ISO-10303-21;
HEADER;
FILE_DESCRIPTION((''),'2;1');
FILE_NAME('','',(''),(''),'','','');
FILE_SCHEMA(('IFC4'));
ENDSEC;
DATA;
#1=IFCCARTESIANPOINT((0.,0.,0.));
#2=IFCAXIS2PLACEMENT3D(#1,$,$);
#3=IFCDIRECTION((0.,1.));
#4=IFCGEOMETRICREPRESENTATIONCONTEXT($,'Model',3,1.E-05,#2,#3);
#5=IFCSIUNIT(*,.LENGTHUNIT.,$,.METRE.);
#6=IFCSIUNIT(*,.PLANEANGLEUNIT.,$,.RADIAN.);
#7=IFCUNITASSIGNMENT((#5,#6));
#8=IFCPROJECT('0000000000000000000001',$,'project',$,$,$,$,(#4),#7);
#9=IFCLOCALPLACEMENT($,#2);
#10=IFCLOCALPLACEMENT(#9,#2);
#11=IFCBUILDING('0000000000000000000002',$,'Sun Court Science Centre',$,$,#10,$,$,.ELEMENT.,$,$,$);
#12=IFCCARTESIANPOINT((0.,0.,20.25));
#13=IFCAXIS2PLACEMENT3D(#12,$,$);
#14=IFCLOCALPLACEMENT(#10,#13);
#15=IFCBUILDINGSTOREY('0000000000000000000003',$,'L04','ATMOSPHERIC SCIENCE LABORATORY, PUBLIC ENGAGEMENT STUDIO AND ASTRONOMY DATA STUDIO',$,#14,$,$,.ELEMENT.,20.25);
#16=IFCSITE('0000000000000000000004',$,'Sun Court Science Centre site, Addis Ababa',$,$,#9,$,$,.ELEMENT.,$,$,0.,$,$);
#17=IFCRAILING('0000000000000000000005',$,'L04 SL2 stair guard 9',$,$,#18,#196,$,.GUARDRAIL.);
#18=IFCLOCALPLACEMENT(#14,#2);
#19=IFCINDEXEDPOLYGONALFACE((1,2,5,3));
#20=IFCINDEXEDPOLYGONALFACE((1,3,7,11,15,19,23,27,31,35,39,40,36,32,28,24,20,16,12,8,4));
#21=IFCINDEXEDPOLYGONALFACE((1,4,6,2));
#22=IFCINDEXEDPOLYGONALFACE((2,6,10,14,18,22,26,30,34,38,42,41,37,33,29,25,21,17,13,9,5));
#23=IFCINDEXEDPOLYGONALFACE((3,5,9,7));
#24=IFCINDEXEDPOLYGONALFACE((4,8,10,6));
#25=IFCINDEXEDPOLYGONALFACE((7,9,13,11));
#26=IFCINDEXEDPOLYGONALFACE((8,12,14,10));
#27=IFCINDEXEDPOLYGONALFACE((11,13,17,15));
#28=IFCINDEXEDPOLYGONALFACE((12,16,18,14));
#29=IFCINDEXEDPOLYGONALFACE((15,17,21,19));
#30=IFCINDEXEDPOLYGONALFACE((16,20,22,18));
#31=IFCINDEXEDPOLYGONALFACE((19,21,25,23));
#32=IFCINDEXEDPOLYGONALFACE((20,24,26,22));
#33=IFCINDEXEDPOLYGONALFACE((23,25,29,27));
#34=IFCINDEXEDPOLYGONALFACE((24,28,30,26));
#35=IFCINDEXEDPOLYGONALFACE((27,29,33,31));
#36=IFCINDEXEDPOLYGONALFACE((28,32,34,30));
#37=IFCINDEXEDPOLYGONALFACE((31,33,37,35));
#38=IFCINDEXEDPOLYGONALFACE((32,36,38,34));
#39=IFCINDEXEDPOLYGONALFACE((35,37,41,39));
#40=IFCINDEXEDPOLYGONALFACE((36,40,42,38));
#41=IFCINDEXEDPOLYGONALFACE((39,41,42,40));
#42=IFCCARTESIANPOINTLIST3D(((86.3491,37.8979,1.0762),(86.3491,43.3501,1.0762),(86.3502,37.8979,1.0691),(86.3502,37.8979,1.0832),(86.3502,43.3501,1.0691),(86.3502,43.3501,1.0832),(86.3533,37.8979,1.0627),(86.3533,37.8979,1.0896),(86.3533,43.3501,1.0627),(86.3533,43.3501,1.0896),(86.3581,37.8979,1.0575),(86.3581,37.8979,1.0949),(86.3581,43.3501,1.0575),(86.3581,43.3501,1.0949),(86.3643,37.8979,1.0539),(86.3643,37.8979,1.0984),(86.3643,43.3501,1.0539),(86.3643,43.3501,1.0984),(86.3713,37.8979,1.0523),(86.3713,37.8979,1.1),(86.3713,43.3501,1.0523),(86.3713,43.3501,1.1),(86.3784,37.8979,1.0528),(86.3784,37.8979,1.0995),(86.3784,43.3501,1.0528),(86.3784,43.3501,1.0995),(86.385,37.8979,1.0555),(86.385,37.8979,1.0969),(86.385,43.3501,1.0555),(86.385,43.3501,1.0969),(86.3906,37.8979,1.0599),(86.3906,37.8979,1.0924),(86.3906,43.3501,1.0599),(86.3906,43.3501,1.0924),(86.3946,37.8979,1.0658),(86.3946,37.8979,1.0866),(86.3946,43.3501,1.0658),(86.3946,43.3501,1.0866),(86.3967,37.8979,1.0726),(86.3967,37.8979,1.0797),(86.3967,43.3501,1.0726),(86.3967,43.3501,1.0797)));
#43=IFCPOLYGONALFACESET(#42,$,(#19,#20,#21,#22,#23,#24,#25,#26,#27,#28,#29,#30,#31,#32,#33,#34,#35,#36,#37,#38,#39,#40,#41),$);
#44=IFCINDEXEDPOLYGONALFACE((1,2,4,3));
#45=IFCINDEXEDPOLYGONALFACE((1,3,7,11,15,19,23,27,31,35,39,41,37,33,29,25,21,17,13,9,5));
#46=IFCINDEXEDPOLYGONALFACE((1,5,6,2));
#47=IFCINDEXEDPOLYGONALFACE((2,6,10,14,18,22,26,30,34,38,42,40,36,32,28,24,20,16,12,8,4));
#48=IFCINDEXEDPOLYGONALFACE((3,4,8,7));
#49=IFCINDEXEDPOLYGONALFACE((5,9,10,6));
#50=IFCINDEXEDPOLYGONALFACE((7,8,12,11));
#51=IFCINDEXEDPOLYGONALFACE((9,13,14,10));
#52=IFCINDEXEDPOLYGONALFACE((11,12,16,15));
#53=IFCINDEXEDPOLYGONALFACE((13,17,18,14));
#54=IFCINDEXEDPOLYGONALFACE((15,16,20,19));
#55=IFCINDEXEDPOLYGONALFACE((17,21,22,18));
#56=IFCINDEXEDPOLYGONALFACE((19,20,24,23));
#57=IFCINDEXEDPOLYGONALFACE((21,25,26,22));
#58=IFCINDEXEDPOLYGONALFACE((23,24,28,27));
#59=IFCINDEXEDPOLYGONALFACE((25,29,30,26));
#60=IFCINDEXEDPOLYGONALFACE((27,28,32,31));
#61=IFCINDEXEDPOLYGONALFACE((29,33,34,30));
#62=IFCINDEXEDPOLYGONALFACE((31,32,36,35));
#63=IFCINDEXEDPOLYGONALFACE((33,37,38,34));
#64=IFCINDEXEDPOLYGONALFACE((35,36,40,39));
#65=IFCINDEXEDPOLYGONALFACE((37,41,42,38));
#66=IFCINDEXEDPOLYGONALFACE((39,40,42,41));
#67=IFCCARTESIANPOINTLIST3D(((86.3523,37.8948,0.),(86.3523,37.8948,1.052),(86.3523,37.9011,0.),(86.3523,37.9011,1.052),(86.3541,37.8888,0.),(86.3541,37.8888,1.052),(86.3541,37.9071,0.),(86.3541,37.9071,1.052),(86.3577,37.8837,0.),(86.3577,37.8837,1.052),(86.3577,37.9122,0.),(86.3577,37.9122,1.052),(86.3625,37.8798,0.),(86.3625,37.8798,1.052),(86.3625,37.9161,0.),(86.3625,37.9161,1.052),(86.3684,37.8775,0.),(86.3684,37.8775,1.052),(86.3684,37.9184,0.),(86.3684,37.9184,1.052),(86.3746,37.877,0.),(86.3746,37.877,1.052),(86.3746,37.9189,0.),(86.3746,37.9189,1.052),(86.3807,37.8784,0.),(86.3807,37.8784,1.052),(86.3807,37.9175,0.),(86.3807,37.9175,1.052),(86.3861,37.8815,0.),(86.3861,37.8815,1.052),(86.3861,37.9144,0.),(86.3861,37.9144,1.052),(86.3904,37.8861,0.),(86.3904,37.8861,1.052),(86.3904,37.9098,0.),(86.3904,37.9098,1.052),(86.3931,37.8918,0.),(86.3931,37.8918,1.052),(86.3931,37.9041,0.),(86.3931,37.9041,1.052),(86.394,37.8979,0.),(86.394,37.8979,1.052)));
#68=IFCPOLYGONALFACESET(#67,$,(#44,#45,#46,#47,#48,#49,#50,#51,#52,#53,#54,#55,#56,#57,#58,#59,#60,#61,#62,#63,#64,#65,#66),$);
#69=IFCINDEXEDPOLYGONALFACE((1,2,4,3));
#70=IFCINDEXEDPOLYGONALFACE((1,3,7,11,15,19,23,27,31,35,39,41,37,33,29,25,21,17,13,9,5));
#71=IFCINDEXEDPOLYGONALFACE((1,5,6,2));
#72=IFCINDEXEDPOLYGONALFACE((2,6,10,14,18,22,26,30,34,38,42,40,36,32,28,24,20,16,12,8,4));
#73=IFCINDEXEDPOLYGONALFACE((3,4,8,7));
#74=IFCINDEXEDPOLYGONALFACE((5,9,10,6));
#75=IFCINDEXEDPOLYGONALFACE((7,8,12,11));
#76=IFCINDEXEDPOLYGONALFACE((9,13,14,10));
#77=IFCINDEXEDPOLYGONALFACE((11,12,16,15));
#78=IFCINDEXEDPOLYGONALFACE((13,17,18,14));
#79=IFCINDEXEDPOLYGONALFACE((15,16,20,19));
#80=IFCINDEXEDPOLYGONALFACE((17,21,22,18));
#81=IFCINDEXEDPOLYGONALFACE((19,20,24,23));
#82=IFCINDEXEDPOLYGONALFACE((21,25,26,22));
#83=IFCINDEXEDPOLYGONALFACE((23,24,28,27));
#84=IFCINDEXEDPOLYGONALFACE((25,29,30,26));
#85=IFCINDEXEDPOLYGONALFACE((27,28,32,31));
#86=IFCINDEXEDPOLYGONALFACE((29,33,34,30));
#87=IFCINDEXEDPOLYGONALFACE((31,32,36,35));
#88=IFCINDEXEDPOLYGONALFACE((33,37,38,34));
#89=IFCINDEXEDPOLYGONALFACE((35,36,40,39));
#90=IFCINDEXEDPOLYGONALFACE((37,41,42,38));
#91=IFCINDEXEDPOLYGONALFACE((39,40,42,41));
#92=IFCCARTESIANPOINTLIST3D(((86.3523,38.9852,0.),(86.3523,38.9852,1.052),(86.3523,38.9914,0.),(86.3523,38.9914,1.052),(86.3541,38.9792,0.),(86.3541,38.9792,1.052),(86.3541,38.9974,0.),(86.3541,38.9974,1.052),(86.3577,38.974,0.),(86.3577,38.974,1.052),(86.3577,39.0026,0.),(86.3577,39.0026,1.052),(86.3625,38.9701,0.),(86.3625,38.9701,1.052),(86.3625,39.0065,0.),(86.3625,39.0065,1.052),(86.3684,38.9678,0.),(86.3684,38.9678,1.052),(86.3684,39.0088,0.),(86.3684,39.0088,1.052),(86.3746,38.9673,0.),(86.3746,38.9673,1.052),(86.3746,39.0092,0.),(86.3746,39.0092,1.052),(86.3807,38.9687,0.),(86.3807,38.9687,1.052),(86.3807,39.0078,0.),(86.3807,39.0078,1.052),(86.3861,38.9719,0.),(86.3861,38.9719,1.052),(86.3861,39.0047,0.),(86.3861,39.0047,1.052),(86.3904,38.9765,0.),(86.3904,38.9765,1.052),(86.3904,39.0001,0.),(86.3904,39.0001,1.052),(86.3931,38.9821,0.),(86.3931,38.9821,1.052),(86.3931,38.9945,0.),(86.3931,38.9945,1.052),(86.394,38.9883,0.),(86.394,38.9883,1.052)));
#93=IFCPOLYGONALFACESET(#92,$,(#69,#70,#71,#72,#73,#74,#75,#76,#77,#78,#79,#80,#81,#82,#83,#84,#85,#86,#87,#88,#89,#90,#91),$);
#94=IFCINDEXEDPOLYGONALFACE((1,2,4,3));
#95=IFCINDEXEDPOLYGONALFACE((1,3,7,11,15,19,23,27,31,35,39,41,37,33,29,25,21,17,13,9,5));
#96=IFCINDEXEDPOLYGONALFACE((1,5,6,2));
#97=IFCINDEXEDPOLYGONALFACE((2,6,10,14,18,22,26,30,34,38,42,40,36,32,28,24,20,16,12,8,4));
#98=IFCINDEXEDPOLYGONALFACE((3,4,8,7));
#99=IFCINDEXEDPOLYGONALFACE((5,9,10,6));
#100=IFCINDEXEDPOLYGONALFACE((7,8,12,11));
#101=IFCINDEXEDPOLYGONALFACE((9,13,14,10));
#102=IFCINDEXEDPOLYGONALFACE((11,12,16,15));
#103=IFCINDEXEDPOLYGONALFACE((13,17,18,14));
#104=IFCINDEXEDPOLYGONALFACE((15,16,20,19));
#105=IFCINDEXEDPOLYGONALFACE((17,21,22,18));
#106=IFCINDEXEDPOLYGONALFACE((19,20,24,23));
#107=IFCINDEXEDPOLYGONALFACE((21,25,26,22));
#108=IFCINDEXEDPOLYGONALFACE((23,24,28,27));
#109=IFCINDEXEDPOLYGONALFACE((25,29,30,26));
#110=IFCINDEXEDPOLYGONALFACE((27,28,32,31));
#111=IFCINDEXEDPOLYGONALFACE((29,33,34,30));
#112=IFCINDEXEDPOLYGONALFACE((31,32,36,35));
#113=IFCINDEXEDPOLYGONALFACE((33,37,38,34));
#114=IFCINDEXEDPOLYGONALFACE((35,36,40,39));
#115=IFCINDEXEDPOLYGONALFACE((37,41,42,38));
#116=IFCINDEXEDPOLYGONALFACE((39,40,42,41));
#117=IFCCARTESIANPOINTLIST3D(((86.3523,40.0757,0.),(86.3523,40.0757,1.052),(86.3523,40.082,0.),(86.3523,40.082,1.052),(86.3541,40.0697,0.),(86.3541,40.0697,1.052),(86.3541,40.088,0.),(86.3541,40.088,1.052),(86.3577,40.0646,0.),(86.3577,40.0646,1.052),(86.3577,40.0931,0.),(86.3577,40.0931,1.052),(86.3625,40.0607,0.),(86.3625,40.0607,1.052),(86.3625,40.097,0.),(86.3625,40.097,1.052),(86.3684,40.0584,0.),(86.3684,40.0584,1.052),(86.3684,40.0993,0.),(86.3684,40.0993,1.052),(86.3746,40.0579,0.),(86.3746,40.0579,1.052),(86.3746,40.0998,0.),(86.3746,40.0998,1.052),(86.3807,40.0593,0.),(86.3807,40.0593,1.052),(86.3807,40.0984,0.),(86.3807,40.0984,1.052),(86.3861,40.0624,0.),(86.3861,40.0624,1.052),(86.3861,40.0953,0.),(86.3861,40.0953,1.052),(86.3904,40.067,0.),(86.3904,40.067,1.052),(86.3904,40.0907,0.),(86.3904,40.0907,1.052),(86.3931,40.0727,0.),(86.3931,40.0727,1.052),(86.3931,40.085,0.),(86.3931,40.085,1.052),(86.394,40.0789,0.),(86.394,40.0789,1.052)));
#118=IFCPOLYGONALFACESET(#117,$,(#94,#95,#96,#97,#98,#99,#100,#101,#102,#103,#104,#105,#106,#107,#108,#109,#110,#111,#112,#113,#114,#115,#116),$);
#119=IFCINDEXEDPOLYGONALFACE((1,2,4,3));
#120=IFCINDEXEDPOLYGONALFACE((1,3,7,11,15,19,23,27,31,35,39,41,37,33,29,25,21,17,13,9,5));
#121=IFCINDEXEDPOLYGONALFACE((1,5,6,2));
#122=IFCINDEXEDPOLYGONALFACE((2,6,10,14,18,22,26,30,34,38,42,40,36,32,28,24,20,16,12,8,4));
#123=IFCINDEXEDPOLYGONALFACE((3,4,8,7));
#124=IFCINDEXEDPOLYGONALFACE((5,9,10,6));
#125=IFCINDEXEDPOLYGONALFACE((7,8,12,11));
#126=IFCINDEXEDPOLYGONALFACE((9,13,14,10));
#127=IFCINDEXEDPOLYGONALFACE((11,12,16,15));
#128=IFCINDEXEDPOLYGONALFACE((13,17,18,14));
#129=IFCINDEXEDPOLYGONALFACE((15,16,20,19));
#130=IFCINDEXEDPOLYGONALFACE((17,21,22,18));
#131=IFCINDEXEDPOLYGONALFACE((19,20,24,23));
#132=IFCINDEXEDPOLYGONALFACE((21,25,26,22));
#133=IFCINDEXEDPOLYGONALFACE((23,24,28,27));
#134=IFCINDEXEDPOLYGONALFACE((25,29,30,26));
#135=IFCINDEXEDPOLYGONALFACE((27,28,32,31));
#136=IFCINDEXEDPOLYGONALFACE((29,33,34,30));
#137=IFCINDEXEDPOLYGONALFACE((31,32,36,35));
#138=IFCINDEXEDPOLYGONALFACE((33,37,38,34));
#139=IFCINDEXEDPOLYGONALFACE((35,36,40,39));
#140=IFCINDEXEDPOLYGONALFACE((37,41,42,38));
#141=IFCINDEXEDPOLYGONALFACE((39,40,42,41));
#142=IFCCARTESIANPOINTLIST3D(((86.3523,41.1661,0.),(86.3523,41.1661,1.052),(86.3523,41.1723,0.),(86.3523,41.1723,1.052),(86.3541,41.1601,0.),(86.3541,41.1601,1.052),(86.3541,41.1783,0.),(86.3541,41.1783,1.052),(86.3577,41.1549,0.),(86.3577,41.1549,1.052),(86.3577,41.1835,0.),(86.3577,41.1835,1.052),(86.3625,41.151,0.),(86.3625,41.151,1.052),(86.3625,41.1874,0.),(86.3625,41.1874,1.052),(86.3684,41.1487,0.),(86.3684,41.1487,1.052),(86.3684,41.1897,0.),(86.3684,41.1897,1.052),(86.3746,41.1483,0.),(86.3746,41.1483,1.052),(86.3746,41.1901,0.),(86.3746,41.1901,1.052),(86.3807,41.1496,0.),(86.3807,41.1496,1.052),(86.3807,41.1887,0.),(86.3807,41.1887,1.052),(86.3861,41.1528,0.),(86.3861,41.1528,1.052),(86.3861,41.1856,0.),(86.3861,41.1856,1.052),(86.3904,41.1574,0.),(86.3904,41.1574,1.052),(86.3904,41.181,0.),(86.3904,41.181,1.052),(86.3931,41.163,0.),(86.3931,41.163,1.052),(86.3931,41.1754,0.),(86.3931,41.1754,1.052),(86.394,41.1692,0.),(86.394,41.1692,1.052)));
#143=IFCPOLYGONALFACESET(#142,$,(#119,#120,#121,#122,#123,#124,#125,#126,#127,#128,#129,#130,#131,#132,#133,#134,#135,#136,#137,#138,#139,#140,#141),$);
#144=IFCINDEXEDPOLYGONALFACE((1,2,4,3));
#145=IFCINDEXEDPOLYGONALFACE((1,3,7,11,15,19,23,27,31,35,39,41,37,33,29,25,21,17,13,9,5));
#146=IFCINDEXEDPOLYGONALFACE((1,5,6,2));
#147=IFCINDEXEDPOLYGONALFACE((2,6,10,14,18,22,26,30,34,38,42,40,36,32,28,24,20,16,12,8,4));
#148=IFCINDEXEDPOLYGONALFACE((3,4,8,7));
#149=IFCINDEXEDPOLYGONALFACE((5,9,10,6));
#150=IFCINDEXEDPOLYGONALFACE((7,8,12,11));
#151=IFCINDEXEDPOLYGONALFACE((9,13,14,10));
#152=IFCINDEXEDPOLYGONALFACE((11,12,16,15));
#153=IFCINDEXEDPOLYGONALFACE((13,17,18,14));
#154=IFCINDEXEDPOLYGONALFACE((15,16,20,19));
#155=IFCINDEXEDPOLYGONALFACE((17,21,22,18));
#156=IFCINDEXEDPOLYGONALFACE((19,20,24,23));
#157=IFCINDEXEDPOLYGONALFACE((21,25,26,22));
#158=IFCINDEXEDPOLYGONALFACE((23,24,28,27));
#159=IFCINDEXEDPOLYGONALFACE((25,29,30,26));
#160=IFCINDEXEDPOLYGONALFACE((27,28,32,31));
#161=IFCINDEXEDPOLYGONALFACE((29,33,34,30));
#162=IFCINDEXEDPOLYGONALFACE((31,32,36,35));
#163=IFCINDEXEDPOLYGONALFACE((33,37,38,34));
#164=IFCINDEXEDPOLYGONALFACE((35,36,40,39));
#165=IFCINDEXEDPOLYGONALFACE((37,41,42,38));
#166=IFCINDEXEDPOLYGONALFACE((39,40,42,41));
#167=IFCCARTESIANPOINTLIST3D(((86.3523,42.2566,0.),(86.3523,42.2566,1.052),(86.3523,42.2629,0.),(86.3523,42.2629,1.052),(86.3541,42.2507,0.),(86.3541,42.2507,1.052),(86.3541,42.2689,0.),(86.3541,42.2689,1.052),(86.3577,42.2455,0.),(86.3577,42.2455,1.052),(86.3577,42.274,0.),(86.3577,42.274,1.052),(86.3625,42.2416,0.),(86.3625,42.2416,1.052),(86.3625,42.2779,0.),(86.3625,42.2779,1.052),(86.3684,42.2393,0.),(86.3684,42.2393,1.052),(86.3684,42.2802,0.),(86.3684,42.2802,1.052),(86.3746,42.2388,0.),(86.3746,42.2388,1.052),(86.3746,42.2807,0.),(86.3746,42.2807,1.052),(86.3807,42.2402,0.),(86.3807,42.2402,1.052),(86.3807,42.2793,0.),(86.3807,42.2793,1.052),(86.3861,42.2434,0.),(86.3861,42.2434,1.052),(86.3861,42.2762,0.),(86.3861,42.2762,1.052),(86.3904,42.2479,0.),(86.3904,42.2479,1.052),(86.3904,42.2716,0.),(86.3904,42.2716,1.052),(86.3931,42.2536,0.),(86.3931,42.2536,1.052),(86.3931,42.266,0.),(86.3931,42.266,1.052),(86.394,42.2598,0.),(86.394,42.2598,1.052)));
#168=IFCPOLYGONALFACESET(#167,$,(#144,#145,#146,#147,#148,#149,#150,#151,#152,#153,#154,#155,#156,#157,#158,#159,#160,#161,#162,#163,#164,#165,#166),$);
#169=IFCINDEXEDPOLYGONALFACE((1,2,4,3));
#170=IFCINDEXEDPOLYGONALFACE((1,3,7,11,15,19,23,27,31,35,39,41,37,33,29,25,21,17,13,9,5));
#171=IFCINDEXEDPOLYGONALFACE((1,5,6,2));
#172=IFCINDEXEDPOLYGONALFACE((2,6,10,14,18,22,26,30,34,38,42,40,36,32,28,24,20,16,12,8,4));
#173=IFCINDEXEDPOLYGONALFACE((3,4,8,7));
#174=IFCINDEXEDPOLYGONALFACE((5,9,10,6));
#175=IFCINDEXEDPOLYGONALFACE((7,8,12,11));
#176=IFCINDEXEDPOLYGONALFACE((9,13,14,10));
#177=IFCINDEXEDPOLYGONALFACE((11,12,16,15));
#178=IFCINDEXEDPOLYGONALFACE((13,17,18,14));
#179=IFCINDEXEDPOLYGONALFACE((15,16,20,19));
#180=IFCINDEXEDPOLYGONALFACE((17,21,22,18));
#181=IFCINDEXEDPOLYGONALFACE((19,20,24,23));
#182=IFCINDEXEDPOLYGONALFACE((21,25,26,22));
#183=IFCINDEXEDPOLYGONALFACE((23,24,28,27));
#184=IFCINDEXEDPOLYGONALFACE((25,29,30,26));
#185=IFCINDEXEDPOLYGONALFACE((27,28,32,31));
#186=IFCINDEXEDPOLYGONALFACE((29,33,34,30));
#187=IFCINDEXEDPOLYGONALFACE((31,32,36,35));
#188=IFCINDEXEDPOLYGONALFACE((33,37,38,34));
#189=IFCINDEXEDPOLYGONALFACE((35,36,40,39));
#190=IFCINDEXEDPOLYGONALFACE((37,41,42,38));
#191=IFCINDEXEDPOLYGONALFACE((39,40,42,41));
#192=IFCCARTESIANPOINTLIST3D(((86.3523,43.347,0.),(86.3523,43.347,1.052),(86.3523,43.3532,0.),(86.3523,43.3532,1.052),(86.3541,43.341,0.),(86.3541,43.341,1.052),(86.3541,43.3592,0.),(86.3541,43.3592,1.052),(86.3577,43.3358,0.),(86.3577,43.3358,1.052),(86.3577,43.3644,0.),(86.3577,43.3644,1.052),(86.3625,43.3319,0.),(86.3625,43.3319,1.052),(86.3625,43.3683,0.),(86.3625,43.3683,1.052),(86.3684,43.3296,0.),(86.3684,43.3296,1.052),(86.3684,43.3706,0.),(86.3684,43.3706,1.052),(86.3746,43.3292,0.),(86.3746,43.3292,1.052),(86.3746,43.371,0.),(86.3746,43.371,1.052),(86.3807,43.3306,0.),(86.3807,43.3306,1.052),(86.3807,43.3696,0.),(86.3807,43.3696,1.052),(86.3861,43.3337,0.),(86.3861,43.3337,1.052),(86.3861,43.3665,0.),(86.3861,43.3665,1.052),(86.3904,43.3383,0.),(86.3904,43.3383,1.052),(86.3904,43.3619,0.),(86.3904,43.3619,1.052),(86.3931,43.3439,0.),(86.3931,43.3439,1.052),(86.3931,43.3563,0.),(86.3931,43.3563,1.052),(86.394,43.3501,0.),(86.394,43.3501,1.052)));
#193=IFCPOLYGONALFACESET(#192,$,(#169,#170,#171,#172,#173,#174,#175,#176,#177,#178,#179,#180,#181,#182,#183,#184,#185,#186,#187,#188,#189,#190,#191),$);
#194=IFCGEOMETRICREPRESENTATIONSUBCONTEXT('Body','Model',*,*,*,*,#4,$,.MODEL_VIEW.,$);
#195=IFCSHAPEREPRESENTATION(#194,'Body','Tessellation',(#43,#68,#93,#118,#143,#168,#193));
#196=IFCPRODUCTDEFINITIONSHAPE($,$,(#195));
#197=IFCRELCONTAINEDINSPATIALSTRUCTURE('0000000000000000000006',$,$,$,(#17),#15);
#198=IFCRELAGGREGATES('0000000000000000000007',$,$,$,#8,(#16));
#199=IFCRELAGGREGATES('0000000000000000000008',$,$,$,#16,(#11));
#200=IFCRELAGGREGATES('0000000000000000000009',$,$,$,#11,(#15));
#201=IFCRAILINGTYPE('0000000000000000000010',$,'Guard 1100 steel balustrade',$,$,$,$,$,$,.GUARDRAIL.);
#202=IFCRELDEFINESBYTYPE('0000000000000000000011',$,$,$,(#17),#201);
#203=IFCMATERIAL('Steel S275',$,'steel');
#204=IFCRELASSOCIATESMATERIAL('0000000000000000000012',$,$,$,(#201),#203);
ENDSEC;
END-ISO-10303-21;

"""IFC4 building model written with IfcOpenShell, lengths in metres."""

from ifc_helpers import new_model, si_unit, direction, frame, origin, origin_2d, place, context, subcontext, project, spatial, circle, extrude, material, type_object, element, save


model = new_model("IFC4")

# Units and contexts
model_context = context("Model", 3, precision=1e-05, world=origin(), true_north=direction((0.0, 1.0)))
body_context = subcontext(model_context, "Body", "Model", "MODEL_VIEW")
ifc_project = project(units=[si_unit("LENGTHUNIT", "METRE"), si_unit("PLANEANGLEUNIT", "RADIAN")], contexts=[model_context])

# Site, building, storey
site_placement = place(None, origin())
site = spatial("IfcSite", under=ifc_project, at=site_placement, Name="Sun Court Science Centre site, Addis Ababa", CompositionType="ELEMENT", RefElevation=0.0)
building_placement = place(site_placement, origin())
building = spatial("IfcBuilding", under=site, at=building_placement, Name="Sun Court Science Centre", CompositionType="ELEMENT")
storey_placement = place(building_placement, frame((0.0, 0.0, 20.25)))
storey = spatial("IfcBuildingStorey", under=building, at=storey_placement, Name="L04", Description="ATMOSPHERIC SCIENCE LABORATORY, PUBLIC ENGAGEMENT STUDIO AND ASTRONOMY DATA STUDIO", CompositionType="ELEMENT", Elevation=20.25)

# Railing
ifc_material_1 = material(Name="Steel S275", Category="steel")
railing_type_1 = type_object("IfcRailingType", Name="Guard 1100 steel balustrade", PredefinedType="GUARDRAIL", material=ifc_material_1)
for number, where, name in (
    (1, (86.373, 37.8979, 0.0), "L04 SL2 stair guard 9"),
):
    element("IfcRailing", number, at=place(storey_placement, frame(where)), inside=storey, type_object=railing_type_1, Name=name, PredefinedType="GUARDRAIL", context=body_context, shape_type="SweptSolid", body=[
        extrude(circle(Radius=0.0239, at=origin_2d()), frame((0.0, 0.0, 1.0762), z_axis=(0.0, 1.0, 0.0), x_axis=(-1.0, 0.0, 0.0)), (0.0, 0.0, 1.0), 5.4521),
        extrude(circle(Radius=0.021, at=origin_2d()), origin(), (0.0, 0.0, 1.0), 1.052),
        extrude(circle(Radius=0.021, at=origin_2d()), frame((0.0, 1.0903, 0.0)), (0.0, 0.0, 1.0), 1.052),
        extrude(circle(Radius=0.021, at=origin_2d()), frame((0.0, 2.1809, 0.0)), (0.0, 0.0, 1.0), 1.052),
        extrude(circle(Radius=0.021, at=origin_2d()), frame((0.0, 3.2712, 0.0)), (0.0, 0.0, 1.0), 1.052),
        extrude(circle(Radius=0.021, at=origin_2d()), frame((0.0, 4.3618, 0.0)), (0.0, 0.0, 1.0), 1.052),
        extrude(circle(Radius=0.021, at=origin_2d()), frame((0.0, 5.4521, 0.0)), (0.0, 0.0, 1.0), 1.052),
    ])

save(model, "model.ifc")
